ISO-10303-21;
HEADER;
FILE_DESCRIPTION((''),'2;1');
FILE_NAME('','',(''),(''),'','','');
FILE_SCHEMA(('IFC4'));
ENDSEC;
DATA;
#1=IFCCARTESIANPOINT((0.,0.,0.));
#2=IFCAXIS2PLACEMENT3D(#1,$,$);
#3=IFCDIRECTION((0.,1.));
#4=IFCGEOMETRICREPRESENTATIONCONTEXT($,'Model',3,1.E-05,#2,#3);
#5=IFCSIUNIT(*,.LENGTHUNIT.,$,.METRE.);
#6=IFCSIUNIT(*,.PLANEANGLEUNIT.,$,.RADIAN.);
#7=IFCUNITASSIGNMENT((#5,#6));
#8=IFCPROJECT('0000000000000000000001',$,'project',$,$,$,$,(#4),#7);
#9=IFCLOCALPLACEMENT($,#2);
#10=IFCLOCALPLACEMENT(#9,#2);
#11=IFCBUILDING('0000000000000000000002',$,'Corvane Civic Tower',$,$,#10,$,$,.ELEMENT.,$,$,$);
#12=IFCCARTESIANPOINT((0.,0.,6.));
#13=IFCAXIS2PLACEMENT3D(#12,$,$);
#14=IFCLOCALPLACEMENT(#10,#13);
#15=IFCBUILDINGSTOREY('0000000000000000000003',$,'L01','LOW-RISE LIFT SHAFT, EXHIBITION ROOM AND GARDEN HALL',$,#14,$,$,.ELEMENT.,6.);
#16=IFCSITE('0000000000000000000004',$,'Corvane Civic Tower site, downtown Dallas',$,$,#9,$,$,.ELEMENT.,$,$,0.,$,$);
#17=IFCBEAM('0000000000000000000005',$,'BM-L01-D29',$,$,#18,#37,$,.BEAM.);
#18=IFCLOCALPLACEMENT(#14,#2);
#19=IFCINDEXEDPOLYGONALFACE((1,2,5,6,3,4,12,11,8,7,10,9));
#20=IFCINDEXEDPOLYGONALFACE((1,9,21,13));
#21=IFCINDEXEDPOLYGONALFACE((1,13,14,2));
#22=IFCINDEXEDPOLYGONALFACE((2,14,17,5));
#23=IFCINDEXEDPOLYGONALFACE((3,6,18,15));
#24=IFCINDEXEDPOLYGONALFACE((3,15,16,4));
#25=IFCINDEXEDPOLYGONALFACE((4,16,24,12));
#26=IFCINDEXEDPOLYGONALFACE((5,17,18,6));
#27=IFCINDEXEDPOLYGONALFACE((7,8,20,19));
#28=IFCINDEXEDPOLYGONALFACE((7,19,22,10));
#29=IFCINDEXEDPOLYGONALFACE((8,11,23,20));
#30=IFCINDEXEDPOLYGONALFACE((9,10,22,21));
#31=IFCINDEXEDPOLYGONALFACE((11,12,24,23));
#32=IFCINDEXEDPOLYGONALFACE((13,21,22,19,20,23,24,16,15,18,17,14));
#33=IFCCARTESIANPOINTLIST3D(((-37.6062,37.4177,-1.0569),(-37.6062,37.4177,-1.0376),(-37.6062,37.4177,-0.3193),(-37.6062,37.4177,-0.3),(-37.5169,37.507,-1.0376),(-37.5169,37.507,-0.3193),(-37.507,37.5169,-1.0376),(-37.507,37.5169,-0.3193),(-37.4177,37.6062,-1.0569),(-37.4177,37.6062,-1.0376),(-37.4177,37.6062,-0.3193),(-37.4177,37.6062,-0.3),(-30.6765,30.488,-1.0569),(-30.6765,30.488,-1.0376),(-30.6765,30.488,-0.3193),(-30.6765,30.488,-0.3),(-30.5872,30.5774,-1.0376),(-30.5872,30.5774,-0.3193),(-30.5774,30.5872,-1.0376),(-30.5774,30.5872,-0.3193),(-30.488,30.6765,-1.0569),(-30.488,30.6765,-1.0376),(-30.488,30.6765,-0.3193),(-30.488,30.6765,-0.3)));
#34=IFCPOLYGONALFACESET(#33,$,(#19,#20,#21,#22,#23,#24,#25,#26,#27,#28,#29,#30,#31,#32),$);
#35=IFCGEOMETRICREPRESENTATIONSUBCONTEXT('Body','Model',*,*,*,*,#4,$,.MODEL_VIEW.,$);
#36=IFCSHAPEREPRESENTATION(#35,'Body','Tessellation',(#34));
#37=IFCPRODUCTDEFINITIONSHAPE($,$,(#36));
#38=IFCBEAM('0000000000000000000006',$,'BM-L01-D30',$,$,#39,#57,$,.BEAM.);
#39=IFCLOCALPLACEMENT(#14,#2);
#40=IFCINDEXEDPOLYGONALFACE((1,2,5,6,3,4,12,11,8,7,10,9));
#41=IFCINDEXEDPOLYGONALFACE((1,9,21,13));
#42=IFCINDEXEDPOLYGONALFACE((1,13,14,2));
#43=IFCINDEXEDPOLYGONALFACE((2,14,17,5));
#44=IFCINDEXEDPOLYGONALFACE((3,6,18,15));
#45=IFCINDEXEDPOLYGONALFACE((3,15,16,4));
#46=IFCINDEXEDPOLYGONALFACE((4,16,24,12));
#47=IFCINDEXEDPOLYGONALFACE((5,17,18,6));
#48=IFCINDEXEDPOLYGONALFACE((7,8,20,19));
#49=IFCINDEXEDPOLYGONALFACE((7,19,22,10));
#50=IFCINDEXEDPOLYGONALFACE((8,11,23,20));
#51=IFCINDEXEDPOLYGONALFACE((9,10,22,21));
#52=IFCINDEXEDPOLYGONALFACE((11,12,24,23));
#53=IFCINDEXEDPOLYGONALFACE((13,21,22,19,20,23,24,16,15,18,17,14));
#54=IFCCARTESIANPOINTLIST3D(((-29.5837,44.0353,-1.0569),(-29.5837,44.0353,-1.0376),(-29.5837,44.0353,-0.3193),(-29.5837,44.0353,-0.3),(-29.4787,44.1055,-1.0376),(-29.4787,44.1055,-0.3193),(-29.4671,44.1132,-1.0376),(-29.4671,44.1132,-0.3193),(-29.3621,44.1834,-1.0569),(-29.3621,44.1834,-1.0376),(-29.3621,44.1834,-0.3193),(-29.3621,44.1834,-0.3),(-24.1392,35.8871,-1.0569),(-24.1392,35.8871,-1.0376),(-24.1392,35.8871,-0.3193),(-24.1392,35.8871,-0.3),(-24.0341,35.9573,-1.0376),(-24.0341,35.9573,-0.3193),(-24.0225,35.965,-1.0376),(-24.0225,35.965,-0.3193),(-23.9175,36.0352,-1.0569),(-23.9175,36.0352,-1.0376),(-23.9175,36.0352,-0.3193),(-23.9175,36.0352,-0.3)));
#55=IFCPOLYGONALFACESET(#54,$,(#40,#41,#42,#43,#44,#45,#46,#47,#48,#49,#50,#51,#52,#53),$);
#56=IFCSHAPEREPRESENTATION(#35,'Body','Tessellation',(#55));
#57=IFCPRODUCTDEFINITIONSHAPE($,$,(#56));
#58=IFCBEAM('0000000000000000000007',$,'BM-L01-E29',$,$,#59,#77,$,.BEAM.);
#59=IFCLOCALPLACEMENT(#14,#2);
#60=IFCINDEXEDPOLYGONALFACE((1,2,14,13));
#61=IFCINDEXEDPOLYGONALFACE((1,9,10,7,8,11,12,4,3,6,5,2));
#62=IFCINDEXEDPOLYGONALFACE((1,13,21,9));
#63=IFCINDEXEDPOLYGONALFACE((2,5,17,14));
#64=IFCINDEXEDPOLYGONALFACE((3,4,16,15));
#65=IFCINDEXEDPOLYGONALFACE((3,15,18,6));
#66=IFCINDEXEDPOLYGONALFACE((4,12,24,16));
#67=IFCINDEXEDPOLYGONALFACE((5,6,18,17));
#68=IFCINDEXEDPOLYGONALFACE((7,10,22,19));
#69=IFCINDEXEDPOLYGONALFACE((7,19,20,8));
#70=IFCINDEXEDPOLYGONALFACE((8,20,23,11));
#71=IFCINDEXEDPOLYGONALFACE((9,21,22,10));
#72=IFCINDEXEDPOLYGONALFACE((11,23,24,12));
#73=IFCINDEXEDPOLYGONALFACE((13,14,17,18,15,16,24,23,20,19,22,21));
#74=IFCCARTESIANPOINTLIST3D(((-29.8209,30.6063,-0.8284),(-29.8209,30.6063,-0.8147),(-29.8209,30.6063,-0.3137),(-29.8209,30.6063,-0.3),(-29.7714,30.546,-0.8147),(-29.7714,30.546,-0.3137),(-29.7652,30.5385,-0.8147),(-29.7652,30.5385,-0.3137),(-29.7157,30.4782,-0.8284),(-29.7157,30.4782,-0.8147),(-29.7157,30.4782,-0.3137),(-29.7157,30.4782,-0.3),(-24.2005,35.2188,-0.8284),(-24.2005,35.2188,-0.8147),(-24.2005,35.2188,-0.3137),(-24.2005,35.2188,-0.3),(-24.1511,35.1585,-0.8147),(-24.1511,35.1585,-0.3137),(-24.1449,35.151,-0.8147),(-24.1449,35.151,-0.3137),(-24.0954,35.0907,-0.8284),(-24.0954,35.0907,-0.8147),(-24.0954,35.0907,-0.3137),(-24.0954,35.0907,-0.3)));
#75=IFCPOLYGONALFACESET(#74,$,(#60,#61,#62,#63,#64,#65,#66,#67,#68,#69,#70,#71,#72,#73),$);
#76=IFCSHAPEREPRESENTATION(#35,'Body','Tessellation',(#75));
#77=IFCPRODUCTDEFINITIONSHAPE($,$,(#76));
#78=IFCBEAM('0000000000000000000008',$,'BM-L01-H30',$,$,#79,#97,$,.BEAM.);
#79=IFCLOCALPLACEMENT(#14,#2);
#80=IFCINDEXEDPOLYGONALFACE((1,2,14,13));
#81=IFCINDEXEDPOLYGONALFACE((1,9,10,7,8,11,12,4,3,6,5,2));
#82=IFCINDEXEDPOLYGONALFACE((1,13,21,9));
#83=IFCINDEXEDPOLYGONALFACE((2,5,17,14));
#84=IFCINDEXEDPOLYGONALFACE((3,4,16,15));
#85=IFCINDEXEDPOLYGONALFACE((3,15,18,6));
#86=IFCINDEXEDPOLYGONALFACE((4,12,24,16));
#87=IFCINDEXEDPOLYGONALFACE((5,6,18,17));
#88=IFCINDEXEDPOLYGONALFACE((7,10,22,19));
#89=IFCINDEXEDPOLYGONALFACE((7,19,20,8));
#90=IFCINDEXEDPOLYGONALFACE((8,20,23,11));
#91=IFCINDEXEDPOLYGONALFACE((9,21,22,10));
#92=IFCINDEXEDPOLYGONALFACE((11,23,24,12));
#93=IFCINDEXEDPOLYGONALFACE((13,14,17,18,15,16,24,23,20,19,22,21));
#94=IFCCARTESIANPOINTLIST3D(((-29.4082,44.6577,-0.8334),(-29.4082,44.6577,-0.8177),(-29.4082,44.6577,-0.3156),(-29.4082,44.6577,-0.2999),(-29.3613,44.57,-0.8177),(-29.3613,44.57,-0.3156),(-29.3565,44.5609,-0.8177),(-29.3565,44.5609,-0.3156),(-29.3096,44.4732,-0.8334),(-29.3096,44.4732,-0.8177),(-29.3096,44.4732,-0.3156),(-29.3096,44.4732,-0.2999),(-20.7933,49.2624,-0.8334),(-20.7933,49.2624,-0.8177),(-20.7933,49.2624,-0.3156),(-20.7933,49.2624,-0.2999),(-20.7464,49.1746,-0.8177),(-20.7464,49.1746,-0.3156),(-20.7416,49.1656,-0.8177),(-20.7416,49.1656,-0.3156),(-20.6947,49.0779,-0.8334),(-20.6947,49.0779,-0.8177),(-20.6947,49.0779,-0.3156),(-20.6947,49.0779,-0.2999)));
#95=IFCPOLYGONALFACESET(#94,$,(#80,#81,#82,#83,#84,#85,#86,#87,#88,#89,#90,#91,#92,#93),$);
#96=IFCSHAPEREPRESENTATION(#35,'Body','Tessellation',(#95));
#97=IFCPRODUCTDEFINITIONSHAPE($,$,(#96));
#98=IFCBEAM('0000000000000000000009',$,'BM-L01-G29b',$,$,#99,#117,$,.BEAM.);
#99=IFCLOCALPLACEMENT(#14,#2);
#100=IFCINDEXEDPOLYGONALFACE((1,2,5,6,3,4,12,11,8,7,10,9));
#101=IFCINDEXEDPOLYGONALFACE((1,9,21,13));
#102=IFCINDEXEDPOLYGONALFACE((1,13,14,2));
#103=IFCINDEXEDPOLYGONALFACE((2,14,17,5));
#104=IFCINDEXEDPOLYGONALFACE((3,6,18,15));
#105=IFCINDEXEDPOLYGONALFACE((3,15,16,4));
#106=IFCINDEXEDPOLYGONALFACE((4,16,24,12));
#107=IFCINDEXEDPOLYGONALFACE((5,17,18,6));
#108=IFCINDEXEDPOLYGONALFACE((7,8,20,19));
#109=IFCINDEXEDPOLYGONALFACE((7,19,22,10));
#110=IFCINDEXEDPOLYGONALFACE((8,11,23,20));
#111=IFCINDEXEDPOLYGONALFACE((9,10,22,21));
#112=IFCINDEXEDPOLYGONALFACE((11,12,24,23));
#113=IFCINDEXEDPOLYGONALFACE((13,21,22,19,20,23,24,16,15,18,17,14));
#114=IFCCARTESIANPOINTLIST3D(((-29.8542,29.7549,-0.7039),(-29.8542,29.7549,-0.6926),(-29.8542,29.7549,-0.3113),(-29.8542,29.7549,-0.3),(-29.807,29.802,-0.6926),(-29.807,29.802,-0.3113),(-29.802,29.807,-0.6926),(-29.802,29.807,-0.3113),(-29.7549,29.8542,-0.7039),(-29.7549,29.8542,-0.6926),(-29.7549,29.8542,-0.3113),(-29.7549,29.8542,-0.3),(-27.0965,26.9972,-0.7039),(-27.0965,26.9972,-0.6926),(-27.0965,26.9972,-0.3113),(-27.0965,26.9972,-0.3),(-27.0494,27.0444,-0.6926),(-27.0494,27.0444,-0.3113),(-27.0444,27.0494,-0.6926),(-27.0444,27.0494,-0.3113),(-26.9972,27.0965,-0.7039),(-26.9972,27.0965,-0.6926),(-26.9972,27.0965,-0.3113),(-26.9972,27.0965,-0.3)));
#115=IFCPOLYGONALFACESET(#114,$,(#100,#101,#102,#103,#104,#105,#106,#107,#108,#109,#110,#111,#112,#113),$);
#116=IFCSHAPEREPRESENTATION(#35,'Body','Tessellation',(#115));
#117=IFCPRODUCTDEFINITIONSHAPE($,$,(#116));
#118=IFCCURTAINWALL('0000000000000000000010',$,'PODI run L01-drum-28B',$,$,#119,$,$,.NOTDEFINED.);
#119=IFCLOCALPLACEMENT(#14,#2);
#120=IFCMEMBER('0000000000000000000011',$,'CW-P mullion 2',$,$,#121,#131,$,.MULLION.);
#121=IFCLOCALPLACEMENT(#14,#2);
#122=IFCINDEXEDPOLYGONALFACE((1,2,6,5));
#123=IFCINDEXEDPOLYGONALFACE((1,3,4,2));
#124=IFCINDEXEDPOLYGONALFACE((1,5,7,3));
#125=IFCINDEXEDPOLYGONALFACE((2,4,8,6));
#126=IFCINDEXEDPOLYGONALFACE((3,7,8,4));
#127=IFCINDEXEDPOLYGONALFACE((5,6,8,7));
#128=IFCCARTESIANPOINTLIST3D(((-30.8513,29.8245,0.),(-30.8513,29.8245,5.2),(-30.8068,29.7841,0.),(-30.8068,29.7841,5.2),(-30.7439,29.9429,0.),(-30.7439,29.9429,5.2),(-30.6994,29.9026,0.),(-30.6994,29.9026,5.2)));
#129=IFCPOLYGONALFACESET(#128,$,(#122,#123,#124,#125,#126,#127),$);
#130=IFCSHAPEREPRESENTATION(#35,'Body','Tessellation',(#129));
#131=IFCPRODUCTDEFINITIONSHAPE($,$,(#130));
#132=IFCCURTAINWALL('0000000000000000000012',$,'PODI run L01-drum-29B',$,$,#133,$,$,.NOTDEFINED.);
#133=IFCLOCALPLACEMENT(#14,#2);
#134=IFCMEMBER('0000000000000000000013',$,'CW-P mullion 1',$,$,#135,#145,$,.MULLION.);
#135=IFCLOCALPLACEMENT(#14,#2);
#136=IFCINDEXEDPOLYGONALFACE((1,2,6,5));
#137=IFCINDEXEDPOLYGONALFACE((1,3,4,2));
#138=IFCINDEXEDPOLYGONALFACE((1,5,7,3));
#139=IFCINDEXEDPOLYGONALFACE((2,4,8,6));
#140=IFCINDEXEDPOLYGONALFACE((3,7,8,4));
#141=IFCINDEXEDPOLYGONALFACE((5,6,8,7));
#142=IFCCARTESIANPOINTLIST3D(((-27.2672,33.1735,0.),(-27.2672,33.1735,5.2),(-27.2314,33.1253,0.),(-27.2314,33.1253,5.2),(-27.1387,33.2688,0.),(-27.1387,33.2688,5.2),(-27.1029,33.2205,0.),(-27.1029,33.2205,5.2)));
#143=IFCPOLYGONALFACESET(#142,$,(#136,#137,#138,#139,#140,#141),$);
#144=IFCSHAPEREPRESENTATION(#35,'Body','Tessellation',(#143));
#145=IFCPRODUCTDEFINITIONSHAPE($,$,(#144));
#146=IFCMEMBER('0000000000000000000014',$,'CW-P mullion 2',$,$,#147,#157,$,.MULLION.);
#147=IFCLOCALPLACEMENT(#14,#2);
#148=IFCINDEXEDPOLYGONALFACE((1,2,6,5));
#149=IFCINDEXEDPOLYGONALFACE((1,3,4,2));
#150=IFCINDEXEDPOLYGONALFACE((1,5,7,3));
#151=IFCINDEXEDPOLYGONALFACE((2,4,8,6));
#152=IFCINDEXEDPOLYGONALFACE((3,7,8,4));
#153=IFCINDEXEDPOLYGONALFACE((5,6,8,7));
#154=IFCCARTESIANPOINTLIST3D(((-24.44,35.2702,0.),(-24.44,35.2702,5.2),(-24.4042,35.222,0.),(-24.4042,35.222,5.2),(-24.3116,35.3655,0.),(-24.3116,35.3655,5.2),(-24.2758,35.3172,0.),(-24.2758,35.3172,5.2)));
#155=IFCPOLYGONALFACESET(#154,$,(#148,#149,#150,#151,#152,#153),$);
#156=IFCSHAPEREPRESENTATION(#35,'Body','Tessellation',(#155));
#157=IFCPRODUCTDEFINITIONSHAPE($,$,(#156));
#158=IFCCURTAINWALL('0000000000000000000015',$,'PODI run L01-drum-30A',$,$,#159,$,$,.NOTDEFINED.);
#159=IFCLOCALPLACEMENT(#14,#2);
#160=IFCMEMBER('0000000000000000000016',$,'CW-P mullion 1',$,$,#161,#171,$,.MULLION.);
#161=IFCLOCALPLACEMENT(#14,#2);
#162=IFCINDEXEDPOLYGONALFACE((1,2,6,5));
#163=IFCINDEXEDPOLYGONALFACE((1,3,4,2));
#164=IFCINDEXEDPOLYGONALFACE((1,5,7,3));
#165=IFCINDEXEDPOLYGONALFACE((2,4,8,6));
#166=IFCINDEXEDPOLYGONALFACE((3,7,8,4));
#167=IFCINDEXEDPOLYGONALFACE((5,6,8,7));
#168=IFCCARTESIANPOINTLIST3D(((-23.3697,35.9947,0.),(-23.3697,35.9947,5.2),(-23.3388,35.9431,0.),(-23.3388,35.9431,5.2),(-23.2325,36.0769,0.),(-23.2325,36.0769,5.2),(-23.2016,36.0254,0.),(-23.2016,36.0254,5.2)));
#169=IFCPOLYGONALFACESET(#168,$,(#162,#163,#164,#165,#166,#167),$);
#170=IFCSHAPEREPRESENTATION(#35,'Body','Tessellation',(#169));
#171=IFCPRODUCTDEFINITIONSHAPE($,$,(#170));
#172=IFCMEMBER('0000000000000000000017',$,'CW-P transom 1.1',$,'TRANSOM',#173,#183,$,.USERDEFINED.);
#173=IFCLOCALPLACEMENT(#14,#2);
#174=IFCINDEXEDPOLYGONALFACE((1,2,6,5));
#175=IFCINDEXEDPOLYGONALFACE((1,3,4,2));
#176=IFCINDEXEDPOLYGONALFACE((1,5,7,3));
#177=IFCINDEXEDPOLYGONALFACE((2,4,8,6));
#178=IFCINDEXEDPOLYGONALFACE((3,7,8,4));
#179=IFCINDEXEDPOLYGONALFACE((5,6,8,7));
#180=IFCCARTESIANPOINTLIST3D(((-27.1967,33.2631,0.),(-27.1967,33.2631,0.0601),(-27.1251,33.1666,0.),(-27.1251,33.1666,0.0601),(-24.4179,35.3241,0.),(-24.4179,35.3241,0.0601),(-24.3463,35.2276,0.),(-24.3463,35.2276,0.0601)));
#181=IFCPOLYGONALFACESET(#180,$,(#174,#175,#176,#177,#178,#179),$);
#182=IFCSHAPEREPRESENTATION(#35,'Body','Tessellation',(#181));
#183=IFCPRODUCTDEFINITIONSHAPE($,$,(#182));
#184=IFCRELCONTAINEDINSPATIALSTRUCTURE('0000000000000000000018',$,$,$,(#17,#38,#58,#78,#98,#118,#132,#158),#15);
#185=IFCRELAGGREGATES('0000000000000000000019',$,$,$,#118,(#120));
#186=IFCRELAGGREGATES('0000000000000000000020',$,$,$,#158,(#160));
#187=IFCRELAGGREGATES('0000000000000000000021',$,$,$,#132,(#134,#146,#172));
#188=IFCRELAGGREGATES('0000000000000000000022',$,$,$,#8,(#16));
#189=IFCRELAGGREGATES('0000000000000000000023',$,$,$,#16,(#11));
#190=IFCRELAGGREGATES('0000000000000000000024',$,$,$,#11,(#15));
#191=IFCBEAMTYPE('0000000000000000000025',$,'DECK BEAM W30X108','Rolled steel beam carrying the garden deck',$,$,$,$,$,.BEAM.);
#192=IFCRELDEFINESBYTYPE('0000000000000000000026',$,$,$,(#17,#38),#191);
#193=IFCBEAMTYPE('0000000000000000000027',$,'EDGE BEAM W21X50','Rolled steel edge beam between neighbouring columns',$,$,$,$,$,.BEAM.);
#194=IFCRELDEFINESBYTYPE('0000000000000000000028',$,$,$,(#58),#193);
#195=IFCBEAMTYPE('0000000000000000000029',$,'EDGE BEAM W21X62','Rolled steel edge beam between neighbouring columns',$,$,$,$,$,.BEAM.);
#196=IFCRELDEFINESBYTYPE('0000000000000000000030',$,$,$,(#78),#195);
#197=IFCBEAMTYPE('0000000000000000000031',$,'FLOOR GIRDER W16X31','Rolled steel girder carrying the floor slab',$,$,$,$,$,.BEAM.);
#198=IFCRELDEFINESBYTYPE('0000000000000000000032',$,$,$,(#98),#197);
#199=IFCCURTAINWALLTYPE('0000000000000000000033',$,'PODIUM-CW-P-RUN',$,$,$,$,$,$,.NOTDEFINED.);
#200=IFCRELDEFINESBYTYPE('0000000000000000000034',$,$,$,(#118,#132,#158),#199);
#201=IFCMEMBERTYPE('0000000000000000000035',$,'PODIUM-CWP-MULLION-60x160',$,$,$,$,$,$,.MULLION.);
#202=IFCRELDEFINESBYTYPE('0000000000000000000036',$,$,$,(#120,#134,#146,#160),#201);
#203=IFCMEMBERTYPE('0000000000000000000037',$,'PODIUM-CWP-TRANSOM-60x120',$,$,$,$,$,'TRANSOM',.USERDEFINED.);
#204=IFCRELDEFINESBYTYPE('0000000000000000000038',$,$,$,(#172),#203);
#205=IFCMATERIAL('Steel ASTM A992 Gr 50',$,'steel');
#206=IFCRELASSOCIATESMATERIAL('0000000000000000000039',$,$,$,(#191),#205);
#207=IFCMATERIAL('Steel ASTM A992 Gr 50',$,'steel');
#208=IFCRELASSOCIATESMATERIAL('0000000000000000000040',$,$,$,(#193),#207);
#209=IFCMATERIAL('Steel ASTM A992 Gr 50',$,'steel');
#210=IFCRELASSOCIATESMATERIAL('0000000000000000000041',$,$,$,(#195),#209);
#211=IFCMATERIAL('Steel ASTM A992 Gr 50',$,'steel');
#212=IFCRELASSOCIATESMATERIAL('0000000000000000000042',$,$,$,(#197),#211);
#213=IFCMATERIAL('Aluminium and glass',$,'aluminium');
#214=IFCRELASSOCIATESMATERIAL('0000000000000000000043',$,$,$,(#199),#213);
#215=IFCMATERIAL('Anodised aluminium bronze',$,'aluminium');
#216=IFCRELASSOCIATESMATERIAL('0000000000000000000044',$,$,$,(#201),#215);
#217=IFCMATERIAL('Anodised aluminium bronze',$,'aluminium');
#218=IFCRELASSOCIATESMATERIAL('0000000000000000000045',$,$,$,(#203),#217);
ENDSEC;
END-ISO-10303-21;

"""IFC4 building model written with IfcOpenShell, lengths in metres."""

from ifc_helpers import new_model, si_unit, direction, frame, origin, origin_2d, place, context, subcontext, project, spatial, rectangle, i_section, extrude, material, material_profile, profile_set, type_object, element, aggregate, save


model = new_model("IFC4")

# Units and contexts
model_context = context("Model", 3, precision=1e-05, world=origin(), true_north=direction((0.0, 1.0)))
body_context = subcontext(model_context, "Body", "Model", "MODEL_VIEW")
ifc_project = project(units=[si_unit("LENGTHUNIT", "METRE"), si_unit("PLANEANGLEUNIT", "RADIAN")], contexts=[model_context])

# Site, building, storey
site_placement = place(None, origin())
site = spatial("IfcSite", under=ifc_project, at=site_placement, Name="Corvane Civic Tower site, downtown Dallas", CompositionType="ELEMENT", RefElevation=0.0)
building_placement = place(site_placement, origin())
building = spatial("IfcBuilding", under=site, at=building_placement, Name="Corvane Civic Tower", CompositionType="ELEMENT")
storey_placement = place(building_placement, frame((0.0, 0.0, 6.0)))
storey = spatial("IfcBuildingStorey", under=building, at=storey_placement, Name="L01", Description="LOW-RISE LIFT SHAFT, EXHIBITION ROOM AND GARDEN HALL", CompositionType="ELEMENT", Elevation=6.0)

# Beams
ifc_material_1 = material(Name="Steel ASTM A992 Gr 50", Category="steel")
ifc_material_profile_1 = material_profile(ifc_material_1, i_section(OverallWidth=0.2666, OverallDepth=0.7568, WebThickness=0.0139, FlangeThickness=0.0193, at=origin_2d()), Name="W30X108")
ifc_profile_set_1 = profile_set([ifc_material_profile_1], Name="Steel ASTM A992 Gr 50")
beam_type_1 = type_object("IfcBeamType", Name="DECK BEAM W30X108", Description="Rolled steel beam carrying the garden deck", PredefinedType="BEAM", material=ifc_profile_set_1)
beam_1_placement = place(storey_placement, frame((-30.5823, 30.5823, -0.6785), z_axis=(-0.707107, 0.707107, 0.0), x_axis=(-0.707107, -0.707107, 0.0)))
element("IfcBeam", 1, at=beam_1_placement, inside=storey, type_object=beam_type_1, Name="BM-L01-D29", PredefinedType="BEAM", context=body_context, shape_type="SweptSolid", body=[
    extrude(i_section(OverallWidth=0.2666, OverallDepth=0.7568, WebThickness=0.0139, FlangeThickness=0.0193, at=origin_2d()), origin(), (0.0, 0.0, 1.0), 9.8),
])
beam_2_placement = place(storey_placement, frame((-24.0283, 35.9612, -0.6785), z_axis=(-0.555579, 0.831463, 0.0), x_axis=(-0.831463, -0.555579, 0.0)))
element("IfcBeam", 2, at=beam_2_placement, inside=storey, type_object=beam_type_1, Name="BM-L01-D30", PredefinedType="BEAM", context=body_context, shape_type="SweptSolid", body=[
    extrude(i_section(OverallWidth=0.2666, OverallDepth=0.7568, WebThickness=0.0139, FlangeThickness=0.0193, at=origin_2d()), origin(), (0.0, 0.0, 1.0), 9.7998),
])
ifc_material_2 = material(Name="Steel ASTM A992 Gr 50", Category="steel")
ifc_material_profile_2 = material_profile(ifc_material_2, i_section(OverallWidth=0.1658, OverallDepth=0.5283, WebThickness=0.0098, FlangeThickness=0.0137, at=origin_2d()), Name="W21X50")
ifc_profile_set_2 = profile_set([ifc_material_profile_2], Name="Steel ASTM A992 Gr 50")
beam_type_2 = type_object("IfcBeamType", Name="EDGE BEAM W21X50", Description="Rolled steel edge beam between neighbouring columns", PredefinedType="BEAM", material=ifc_profile_set_2)
beam_3_placement = place(storey_placement, frame((-29.7683, 30.5422, -0.5642), z_axis=(0.773008, 0.634396, 0.0), x_axis=(-0.634396, 0.773008, 0.0)))
element("IfcBeam", 3, at=beam_3_placement, inside=storey, type_object=beam_type_2, Name="BM-L01-E29", PredefinedType="BEAM", context=body_context, shape_type="SweptSolid", body=[
    extrude(i_section(OverallWidth=0.1658, OverallDepth=0.5283, WebThickness=0.0098, FlangeThickness=0.0137, at=origin_2d()), origin(), (0.0, 0.0, 1.0), 7.2708),
])
ifc_material_3 = material(Name="Steel ASTM A992 Gr 50", Category="steel")
ifc_material_profile_3 = material_profile(ifc_material_3, i_section(OverallWidth=0.2092, OverallDepth=0.5334, WebThickness=0.0103, FlangeThickness=0.0156, at=origin_2d()), Name="W21X62")
ifc_profile_set_3 = profile_set([ifc_material_profile_3], Name="Steel ASTM A992 Gr 50")
beam_type_3 = type_object("IfcBeamType", Name="EDGE BEAM W21X62", Description="Rolled steel edge beam between neighbouring columns", PredefinedType="BEAM", material=ifc_profile_set_3)
beam_4_placement = place(storey_placement, frame((-29.3589, 44.5654, -0.5667), z_axis=(0.881924, 0.471391, 0.0), x_axis=(-0.471391, 0.881924, 0.0)))
element("IfcBeam", 4, at=beam_4_placement, inside=storey, type_object=beam_type_3, Name="BM-L01-H30", PredefinedType="BEAM", context=body_context, shape_type="SweptSolid", body=[
    extrude(i_section(OverallWidth=0.2092, OverallDepth=0.5334, WebThickness=0.0103, FlangeThickness=0.0156, at=origin_2d()), origin(), (0.0, 0.0, 1.0), 9.7683),
])
ifc_material_4 = material(Name="Steel ASTM A992 Gr 50", Category="steel")
ifc_material_profile_4 = material_profile(ifc_material_4, i_section(OverallWidth=0.1404, OverallDepth=0.4038, WebThickness=0.0071, FlangeThickness=0.0112, at=origin_2d()), Name="W16X31")
ifc_profile_set_4 = profile_set([ifc_material_profile_4], Name="Steel ASTM A992 Gr 50")
beam_type_4 = type_object("IfcBeamType", Name="FLOOR GIRDER W16X31", Description="Rolled steel girder carrying the floor slab", PredefinedType="BEAM", material=ifc_profile_set_4)
beam_5_placement = place(storey_placement, frame((-27.0469, 27.0469, -0.502), z_axis=(-0.707107, 0.707107, 0.0), x_axis=(-0.707107, -0.707107, 0.0)))
element("IfcBeam", 5, at=beam_5_placement, inside=storey, type_object=beam_type_4, Name="BM-L01-G29b", PredefinedType="BEAM", context=body_context, shape_type="SweptSolid", body=[
    extrude(i_section(OverallWidth=0.1404, OverallDepth=0.4038, WebThickness=0.0071, FlangeThickness=0.0112, at=origin_2d()), origin(), (0.0, 0.0, 1.0), 3.8999),
])

# Curtain wall, member
ifc_material_5 = material(Name="Aluminium and glass", Category="aluminium")
curtain_wall_type = type_object("IfcCurtainWallType", Name="PODIUM-CW-P-RUN", PredefinedType="NOTDEFINED", material=ifc_material_5)
curtain_wall_1_placement = place(storey_placement, origin())
curtain_wall_1 = element("IfcCurtainWall", 6, at=curtain_wall_1_placement, inside=storey, type_object=curtain_wall_type, Name="PODI run L01-drum-28B", PredefinedType="NOTDEFINED")
ifc_material_6 = material(Name="Anodised aluminium bronze", Category="aluminium")
ifc_material_profile_5 = material_profile(ifc_material_6, rectangle(XDim=0.0601, YDim=0.1599, at=origin_2d()), Name="AL 60x160")
ifc_profile_set_5 = profile_set([ifc_material_profile_5], Name="Anodised aluminium bronze")
member_type_1 = type_object("IfcMemberType", Name="PODIUM-CWP-MULLION-60x160", PredefinedType="MULLION", material=ifc_profile_set_5)
member_1_placement = place(storey_placement, frame((-30.7754, 29.8635, 0.0), z_axis=(0.0, 0.0, 1.0), x_axis=(-0.740935, 0.671576, 0.0)))
member_1 = element("IfcMember", 7, at=member_1_placement, type_object=member_type_1, Name="CW-P mullion 2", PredefinedType="MULLION", context=body_context, shape_type="SweptSolid", body=[
    extrude(rectangle(XDim=0.0601, YDim=0.1599, at=origin_2d()), origin(), (0.0, 0.0, 1.0), 5.2),
])
aggregate(curtain_wall_1, [member_1])

# Curtain wall, members
curtain_wall_2_placement = place(storey_placement, origin())
curtain_wall_2 = element("IfcCurtainWall", 8, at=curtain_wall_2_placement, inside=storey, type_object=curtain_wall_type, Name="PODI run L01-drum-29B", PredefinedType="NOTDEFINED")
member_2_placement = place(storey_placement, frame((-27.1851, 33.197, 0.0), z_axis=(0.0, 0.0, 1.0), x_axis=(-0.595705, 0.803203, 0.0)))
member_2 = element("IfcMember", 9, at=member_2_placement, type_object=member_type_1, Name="CW-P mullion 1", PredefinedType="MULLION", context=body_context, shape_type="SweptSolid", body=[
    extrude(rectangle(XDim=0.0601, YDim=0.1599, at=origin_2d()), origin(), (0.0, 0.0, 1.0), 5.2),
])
member_3_placement = place(storey_placement, frame((-24.3579, 35.2937, 0.0), z_axis=(0.0, 0.0, 1.0), x_axis=(-0.595705, 0.803203, 0.0)))
member_3 = element("IfcMember", 10, at=member_3_placement, type_object=member_type_1, Name="CW-P mullion 2", PredefinedType="MULLION", context=body_context, shape_type="SweptSolid", body=[
    extrude(rectangle(XDim=0.0601, YDim=0.1599, at=origin_2d()), origin(), (0.0, 0.0, 1.0), 5.2),
])

# Curtain wall, member
curtain_wall_3_placement = place(storey_placement, origin())
curtain_wall_3 = element("IfcCurtainWall", 11, at=curtain_wall_3_placement, inside=storey, type_object=curtain_wall_type, Name="PODI run L01-drum-30A", PredefinedType="NOTDEFINED")
member_4_placement = place(storey_placement, frame((-23.2856, 36.01, 0.0), z_axis=(0.0, 0.0, 1.0), x_axis=(-0.514118, 0.85772, 0.0)))
member_4 = element("IfcMember", 12, at=member_4_placement, type_object=member_type_1, Name="CW-P mullion 1", PredefinedType="MULLION", context=body_context, shape_type="SweptSolid", body=[
    extrude(rectangle(XDim=0.0601, YDim=0.1599, at=origin_2d()), origin(), (0.0, 0.0, 1.0), 5.2),
])

# Member
ifc_material_7 = material(Name="Anodised aluminium bronze", Category="aluminium")
ifc_material_profile_6 = material_profile(ifc_material_7, rectangle(XDim=0.1201, YDim=0.0601, at=origin_2d()), Name="AL 120x60")
ifc_profile_set_6 = profile_set([ifc_material_profile_6], Name="Anodised aluminium bronze")
member_type_2 = type_object("IfcMemberType", Name="PODIUM-CWP-TRANSOM-60x120", ElementType="TRANSOM", PredefinedType="USERDEFINED", material=ifc_profile_set_6)
member_5_placement = place(storey_placement, frame((-27.1609, 33.2148, 0.03), z_axis=(0.80319, 0.595724, 0.0), x_axis=(-0.595724, 0.80319, 0.0)))
member_5 = element("IfcMember", 13, at=member_5_placement, type_object=member_type_2, Name="CW-P transom 1.1", ObjectType="TRANSOM", PredefinedType="USERDEFINED", context=body_context, shape_type="SweptSolid", body=[
    extrude(rectangle(XDim=0.1201, YDim=0.0601, at=origin_2d()), origin(), (0.0, 0.0, 1.0), 3.4597),
])
aggregate(curtain_wall_3, [member_4])

aggregate(curtain_wall_2, [member_2, member_3, member_5])

save(model, "model.ifc")
